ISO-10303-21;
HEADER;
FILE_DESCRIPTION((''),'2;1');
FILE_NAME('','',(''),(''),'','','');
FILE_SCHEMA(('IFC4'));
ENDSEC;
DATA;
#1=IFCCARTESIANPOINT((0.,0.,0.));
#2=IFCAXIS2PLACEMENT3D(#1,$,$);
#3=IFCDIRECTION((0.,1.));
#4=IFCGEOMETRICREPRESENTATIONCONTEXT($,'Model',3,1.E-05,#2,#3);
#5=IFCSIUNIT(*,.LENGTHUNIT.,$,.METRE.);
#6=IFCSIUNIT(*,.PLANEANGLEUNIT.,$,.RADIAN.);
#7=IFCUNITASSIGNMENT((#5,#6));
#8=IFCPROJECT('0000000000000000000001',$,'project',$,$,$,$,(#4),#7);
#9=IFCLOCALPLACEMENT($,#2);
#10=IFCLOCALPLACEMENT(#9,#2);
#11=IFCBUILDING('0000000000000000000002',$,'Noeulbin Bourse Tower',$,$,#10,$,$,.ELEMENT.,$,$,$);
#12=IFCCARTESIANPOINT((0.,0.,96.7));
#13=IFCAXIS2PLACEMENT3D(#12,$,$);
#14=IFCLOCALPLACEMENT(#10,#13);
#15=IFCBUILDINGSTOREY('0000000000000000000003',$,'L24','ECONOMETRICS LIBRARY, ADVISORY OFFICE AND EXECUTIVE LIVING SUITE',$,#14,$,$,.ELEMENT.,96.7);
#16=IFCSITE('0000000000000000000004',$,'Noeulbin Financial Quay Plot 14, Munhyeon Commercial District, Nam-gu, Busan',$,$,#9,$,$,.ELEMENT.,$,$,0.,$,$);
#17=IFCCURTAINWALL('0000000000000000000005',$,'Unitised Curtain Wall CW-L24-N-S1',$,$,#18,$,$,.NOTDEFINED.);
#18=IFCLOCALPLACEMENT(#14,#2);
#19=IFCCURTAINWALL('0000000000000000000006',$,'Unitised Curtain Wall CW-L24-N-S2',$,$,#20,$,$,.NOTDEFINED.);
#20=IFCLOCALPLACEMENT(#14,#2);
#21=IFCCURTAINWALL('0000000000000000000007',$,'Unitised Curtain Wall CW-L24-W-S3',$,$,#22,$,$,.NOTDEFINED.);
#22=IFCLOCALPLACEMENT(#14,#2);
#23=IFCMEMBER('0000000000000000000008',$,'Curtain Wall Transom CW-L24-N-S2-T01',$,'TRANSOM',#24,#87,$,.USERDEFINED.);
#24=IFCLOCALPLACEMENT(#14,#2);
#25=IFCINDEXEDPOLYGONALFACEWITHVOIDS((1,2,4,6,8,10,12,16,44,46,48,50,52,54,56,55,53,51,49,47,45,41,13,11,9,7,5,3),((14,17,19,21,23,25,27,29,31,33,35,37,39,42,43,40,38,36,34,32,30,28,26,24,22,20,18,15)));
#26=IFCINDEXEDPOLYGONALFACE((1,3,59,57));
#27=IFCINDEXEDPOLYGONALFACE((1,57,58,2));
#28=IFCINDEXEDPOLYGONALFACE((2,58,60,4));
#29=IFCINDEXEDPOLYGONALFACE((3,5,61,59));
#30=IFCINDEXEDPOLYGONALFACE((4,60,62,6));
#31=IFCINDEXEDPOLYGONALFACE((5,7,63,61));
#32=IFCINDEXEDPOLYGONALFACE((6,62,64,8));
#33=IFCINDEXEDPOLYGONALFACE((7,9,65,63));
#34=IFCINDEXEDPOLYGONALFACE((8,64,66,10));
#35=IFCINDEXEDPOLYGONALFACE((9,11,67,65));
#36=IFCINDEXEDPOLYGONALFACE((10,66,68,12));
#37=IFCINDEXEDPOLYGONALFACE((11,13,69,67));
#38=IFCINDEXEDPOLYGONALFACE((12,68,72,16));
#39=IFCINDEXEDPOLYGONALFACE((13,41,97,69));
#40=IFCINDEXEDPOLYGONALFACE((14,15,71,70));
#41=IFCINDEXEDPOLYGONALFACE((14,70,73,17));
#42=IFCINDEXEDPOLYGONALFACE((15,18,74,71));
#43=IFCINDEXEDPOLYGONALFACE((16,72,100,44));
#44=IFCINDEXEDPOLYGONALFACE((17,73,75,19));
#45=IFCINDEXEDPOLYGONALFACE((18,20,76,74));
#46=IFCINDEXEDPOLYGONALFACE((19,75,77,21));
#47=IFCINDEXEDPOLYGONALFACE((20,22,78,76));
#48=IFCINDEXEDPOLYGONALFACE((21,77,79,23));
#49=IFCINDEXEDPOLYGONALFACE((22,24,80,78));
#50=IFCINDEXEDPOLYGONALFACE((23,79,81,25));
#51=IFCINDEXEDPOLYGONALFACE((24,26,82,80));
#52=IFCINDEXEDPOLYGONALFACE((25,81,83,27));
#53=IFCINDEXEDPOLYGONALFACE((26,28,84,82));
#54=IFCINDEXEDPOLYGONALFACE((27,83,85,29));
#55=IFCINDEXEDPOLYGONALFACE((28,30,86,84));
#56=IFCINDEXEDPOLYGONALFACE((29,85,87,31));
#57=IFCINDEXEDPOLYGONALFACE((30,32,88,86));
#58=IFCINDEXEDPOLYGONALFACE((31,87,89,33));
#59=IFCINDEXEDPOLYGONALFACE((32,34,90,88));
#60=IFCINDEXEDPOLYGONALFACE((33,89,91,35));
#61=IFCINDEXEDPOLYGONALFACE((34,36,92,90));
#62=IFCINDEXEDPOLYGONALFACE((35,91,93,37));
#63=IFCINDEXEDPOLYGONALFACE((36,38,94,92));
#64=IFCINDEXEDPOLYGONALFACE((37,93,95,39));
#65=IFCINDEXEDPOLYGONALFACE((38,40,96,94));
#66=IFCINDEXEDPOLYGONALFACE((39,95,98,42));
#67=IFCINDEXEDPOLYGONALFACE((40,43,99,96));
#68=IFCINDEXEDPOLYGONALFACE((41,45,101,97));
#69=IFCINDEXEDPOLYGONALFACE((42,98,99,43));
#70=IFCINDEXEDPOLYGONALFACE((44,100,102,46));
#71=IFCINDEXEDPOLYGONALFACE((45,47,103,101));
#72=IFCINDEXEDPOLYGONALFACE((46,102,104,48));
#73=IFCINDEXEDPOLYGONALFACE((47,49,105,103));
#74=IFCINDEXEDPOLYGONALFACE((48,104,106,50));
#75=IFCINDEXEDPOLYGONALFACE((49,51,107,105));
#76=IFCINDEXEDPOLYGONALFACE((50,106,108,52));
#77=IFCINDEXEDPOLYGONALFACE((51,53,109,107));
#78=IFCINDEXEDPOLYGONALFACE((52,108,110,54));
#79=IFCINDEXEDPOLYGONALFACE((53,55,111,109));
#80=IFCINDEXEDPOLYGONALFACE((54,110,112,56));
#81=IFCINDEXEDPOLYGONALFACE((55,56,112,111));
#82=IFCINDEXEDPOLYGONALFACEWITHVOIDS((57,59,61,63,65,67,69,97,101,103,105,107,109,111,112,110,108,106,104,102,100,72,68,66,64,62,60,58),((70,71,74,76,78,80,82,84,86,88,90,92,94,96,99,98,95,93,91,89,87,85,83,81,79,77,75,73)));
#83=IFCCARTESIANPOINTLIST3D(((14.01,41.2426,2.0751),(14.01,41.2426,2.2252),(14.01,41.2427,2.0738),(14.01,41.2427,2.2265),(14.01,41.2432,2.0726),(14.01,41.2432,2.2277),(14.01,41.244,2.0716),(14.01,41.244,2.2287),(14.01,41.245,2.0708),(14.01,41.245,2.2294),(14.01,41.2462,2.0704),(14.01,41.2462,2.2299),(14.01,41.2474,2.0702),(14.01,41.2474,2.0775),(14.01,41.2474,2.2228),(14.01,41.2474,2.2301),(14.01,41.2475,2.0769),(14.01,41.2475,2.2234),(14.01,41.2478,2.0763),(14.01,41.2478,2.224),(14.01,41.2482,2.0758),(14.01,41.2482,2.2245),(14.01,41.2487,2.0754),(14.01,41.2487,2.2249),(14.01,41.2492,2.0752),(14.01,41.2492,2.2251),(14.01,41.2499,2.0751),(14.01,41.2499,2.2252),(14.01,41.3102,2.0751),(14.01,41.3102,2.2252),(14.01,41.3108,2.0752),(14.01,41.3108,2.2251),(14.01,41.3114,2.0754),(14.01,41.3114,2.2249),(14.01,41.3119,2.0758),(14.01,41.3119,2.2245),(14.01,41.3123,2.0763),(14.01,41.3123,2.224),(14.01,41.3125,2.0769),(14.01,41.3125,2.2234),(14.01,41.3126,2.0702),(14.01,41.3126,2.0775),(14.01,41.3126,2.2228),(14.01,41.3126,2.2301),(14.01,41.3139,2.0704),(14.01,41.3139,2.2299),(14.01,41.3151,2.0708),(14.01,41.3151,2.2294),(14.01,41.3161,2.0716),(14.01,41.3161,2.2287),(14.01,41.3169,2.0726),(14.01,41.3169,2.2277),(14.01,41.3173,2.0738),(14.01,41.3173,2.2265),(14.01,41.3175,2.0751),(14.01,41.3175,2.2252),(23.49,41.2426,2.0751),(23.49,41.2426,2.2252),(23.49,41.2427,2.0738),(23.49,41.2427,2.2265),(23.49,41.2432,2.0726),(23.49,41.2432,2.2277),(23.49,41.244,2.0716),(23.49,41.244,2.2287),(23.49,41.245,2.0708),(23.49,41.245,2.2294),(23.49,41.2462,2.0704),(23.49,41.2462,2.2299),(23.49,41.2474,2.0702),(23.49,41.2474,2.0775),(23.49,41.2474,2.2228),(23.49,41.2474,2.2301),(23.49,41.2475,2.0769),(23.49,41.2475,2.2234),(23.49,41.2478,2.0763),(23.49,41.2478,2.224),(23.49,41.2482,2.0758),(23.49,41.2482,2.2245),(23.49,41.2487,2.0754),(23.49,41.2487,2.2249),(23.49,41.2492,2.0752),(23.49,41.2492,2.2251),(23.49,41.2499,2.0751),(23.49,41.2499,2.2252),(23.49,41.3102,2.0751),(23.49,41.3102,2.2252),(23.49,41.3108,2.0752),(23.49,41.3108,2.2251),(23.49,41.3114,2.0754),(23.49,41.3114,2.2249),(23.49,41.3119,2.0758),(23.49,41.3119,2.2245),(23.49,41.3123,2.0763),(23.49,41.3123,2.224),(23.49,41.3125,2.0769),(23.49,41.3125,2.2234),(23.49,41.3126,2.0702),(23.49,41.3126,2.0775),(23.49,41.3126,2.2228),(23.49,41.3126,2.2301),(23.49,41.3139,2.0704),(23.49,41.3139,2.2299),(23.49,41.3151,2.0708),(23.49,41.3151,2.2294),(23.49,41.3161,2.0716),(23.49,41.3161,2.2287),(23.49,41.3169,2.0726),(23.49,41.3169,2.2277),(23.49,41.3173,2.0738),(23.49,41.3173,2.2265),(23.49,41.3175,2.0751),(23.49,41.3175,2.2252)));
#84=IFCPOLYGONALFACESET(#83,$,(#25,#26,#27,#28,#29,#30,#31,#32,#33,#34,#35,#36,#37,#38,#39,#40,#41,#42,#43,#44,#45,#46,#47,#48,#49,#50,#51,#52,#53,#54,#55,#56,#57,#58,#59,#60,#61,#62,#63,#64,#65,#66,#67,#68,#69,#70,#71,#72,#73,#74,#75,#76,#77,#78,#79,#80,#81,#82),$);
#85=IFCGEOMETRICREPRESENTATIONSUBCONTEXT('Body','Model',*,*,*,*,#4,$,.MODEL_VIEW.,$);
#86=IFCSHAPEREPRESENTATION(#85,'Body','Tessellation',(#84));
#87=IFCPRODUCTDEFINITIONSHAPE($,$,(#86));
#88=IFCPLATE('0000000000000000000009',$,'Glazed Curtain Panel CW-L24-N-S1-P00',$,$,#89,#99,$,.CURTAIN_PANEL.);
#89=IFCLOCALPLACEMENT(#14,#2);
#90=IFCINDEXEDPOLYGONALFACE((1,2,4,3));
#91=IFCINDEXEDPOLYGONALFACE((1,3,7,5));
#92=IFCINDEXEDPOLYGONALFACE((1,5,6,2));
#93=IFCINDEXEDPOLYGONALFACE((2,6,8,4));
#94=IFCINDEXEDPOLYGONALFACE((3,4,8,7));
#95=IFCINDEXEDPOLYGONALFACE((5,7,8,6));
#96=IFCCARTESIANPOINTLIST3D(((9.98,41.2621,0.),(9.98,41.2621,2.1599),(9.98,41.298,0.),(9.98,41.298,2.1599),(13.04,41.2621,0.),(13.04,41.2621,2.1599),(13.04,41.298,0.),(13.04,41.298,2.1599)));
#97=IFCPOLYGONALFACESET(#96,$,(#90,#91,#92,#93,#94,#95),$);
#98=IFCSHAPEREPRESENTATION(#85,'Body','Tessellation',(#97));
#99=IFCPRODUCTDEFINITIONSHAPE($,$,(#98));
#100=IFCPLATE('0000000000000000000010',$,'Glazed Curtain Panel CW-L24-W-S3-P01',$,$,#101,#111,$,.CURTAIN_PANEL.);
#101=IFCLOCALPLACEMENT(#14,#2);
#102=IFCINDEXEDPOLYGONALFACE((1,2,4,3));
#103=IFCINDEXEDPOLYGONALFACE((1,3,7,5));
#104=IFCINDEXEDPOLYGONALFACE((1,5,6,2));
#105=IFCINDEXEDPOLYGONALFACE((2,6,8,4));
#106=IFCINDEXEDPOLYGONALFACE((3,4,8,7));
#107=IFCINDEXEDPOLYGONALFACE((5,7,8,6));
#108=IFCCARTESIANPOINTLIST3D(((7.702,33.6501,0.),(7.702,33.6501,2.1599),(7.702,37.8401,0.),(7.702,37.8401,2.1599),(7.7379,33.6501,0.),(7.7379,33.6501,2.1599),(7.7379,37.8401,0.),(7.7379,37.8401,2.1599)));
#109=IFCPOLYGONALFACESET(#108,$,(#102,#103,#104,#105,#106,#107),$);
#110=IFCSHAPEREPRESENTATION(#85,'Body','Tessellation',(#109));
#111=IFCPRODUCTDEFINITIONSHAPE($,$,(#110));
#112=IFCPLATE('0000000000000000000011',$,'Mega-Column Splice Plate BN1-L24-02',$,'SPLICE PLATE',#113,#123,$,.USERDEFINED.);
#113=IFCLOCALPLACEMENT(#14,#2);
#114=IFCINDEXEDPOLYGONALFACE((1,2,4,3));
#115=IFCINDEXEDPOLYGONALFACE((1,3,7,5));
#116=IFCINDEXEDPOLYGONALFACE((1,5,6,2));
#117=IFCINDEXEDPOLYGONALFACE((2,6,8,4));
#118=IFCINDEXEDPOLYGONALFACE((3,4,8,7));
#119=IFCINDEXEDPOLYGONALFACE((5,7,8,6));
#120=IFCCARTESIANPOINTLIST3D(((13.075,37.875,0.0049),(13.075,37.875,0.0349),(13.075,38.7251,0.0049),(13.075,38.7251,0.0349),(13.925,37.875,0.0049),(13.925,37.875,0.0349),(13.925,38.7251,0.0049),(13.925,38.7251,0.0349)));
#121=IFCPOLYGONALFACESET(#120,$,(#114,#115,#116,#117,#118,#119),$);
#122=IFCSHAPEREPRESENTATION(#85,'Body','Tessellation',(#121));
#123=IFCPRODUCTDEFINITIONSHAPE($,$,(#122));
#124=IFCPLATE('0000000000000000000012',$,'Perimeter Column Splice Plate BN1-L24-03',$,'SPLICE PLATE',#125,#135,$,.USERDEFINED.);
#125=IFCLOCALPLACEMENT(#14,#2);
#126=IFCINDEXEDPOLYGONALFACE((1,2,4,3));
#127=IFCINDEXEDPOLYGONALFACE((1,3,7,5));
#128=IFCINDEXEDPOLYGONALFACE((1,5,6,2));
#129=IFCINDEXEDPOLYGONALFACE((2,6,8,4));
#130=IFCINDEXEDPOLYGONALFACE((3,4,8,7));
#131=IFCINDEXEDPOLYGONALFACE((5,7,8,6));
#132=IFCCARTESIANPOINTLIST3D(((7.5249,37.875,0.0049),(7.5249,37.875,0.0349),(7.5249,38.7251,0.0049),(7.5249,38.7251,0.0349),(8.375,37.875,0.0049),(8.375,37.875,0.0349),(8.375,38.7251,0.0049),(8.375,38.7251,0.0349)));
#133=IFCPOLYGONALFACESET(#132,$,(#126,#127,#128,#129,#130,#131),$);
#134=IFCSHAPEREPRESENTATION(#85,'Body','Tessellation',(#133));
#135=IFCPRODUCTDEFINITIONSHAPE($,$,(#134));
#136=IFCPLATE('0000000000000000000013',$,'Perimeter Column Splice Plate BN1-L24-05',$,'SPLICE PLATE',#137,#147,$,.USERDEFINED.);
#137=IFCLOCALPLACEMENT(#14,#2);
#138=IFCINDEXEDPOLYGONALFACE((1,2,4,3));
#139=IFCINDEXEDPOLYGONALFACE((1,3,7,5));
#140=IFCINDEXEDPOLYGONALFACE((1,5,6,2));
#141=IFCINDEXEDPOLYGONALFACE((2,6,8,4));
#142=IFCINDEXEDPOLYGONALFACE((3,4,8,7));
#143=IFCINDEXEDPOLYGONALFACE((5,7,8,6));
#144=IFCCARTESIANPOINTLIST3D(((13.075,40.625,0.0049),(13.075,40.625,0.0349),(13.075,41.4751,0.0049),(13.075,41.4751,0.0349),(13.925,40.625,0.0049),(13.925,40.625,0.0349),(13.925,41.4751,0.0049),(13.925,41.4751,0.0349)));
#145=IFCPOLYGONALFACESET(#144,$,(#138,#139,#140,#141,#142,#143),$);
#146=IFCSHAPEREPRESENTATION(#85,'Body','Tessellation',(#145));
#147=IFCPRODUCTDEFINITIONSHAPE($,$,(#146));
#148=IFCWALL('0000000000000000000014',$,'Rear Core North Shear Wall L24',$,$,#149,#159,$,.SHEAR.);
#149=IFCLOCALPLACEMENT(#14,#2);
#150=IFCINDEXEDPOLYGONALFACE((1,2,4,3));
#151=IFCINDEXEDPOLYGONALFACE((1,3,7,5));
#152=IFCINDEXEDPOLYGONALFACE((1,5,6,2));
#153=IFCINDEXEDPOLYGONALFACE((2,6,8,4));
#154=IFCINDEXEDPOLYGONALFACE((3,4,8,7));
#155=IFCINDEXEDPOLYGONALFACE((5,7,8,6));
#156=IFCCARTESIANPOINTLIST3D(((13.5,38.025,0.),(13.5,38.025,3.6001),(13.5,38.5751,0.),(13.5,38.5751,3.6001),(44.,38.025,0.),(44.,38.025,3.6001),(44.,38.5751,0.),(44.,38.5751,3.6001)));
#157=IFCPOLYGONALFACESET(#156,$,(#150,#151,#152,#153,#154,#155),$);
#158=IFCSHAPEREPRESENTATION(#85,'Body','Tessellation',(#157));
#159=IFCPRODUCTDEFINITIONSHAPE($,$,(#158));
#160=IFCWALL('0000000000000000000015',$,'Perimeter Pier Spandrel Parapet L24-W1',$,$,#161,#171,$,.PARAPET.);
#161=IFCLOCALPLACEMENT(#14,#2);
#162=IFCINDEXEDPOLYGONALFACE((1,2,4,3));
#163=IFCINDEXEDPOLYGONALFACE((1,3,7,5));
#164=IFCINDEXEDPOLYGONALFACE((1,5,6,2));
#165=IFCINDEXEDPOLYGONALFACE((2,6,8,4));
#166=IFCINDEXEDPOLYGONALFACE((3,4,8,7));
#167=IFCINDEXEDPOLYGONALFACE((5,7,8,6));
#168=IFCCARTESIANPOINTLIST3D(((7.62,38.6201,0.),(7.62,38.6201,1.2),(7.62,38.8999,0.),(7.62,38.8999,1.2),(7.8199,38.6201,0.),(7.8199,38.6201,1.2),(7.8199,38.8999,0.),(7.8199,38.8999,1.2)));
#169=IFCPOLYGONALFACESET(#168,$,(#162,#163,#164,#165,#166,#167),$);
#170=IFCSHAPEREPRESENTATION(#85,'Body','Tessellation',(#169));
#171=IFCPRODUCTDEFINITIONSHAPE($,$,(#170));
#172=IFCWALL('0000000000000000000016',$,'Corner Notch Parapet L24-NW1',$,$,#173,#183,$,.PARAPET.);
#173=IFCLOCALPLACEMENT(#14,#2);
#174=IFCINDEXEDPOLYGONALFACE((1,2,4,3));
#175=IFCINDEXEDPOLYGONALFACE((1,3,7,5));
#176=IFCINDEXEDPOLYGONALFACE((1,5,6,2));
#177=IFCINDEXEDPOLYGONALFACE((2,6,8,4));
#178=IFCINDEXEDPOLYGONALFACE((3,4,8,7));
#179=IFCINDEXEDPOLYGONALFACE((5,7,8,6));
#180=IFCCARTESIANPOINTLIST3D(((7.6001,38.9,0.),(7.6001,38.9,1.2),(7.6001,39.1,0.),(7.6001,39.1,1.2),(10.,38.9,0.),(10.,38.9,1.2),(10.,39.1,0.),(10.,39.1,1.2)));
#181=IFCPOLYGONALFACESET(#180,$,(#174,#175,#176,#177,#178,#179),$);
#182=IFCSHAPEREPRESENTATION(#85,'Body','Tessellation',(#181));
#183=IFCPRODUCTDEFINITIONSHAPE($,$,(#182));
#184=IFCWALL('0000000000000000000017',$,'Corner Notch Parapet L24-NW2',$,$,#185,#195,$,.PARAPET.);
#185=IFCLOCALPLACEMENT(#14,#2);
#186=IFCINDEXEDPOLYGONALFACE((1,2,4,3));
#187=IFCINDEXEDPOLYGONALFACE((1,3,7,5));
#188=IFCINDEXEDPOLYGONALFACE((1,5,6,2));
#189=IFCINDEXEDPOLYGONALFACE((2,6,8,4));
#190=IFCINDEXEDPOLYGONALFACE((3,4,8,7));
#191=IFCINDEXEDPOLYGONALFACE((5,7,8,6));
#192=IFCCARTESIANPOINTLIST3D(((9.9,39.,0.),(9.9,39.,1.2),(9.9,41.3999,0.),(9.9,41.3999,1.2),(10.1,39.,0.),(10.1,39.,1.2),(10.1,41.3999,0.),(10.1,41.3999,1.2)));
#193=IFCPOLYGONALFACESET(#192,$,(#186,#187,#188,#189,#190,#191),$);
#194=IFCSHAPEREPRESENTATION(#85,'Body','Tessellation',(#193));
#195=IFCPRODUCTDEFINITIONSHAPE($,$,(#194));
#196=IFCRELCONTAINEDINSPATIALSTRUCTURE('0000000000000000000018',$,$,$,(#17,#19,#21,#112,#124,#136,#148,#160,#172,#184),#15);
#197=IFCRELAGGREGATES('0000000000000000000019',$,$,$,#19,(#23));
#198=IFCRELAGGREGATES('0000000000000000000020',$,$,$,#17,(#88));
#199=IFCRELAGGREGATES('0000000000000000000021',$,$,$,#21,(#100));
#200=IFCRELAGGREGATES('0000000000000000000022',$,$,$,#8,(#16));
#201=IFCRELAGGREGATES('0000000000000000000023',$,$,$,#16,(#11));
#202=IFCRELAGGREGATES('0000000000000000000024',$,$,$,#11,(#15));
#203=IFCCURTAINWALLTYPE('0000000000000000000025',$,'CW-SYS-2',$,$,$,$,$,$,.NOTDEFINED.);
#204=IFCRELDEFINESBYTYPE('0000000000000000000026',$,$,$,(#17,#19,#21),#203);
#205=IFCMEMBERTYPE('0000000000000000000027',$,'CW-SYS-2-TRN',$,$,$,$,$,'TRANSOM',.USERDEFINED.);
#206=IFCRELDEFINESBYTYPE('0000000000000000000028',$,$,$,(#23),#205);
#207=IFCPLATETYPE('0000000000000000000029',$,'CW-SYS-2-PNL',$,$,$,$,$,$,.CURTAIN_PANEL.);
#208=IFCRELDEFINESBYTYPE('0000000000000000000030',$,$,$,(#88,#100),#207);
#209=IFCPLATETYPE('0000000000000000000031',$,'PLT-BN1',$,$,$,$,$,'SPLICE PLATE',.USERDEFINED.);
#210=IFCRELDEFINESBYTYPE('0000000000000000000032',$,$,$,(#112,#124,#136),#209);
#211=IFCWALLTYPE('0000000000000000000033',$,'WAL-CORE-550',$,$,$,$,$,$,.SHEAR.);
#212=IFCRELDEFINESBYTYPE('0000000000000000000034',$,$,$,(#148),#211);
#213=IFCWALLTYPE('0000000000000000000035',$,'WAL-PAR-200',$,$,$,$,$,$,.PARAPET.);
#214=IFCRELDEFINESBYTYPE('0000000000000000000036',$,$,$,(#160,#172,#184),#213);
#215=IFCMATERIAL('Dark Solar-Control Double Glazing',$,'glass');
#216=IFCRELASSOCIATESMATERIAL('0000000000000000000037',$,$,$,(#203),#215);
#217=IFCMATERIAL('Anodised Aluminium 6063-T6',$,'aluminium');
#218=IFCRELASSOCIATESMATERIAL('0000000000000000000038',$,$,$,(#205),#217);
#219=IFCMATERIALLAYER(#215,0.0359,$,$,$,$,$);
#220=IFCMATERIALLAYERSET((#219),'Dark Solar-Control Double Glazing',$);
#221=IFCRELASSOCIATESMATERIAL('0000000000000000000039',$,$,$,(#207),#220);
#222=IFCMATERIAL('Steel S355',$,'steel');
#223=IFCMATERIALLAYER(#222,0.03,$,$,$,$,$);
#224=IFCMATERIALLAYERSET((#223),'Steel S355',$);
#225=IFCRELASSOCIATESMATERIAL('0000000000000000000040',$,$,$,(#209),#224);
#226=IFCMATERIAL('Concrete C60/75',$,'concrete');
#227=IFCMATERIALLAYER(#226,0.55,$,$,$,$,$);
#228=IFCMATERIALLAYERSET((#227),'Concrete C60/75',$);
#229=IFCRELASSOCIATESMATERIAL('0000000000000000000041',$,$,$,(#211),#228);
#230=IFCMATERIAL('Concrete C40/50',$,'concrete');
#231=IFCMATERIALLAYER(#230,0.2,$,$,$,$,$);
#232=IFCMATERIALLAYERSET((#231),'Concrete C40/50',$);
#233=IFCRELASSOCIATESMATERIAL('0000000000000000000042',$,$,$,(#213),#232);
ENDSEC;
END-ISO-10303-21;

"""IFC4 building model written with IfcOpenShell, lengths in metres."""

from ifc_helpers import new_model, si_unit, direction, frame, frame_2d, origin, origin_2d, place, context, subcontext, project, spatial, rectangle, hollow_rectangle, extrude, material, layer, layer_set, material_profile, profile_set, type_object, element, aggregate, save


model = new_model("IFC4")

# Units and contexts
model_context = context("Model", 3, precision=1e-05, world=origin(), true_north=direction((0.0, 1.0)))
body_context = subcontext(model_context, "Body", "Model", "MODEL_VIEW")
ifc_project = project(units=[si_unit("LENGTHUNIT", "METRE"), si_unit("PLANEANGLEUNIT", "RADIAN")], contexts=[model_context])

# Site, building, storey
site_placement = place(None, origin())
site = spatial("IfcSite", under=ifc_project, at=site_placement, Name="Noeulbin Financial Quay Plot 14, Munhyeon Commercial District, Nam-gu, Busan", CompositionType="ELEMENT", RefElevation=0.0)
building_placement = place(site_placement, origin())
building = spatial("IfcBuilding", under=site, at=building_placement, Name="Noeulbin Bourse Tower", CompositionType="ELEMENT")
storey_placement = place(building_placement, frame((0.0, 0.0, 96.7)))
storey = spatial("IfcBuildingStorey", under=building, at=storey_placement, Name="L24", Description="ECONOMETRICS LIBRARY, ADVISORY OFFICE AND EXECUTIVE LIVING SUITE", CompositionType="ELEMENT", Elevation=96.7)

# Shared definitions
ifc_material_1 = material(Name="Steel S355", Category="steel")

# Curtain wall
ifc_material_2 = material(Name="Dark Solar-Control Double Glazing", Category="glass")
curtain_wall_type = type_object("IfcCurtainWallType", Name="CW-SYS-2", PredefinedType="NOTDEFINED", material=ifc_material_2)
curtain_wall_1_placement = place(storey_placement, origin())
curtain_wall_1 = element("IfcCurtainWall", 1, at=curtain_wall_1_placement, inside=storey, type_object=curtain_wall_type, Name="Unitised Curtain Wall CW-L24-N-S1", PredefinedType="NOTDEFINED")
ifc_material_3 = material(Name="Anodised Aluminium 6063-T6", Category="aluminium")

# Curtain walls
curtain_wall_2_placement = place(storey_placement, origin())
curtain_wall_2 = element("IfcCurtainWall", 2, at=curtain_wall_2_placement, inside=storey, type_object=curtain_wall_type, Name="Unitised Curtain Wall CW-L24-N-S2", PredefinedType="NOTDEFINED")
curtain_wall_3_placement = place(storey_placement, origin())
curtain_wall_3 = element("IfcCurtainWall", 3, at=curtain_wall_3_placement, inside=storey, type_object=curtain_wall_type, Name="Unitised Curtain Wall CW-L24-W-S3", PredefinedType="NOTDEFINED")

# Member
ifc_material_profile_1 = material_profile(ifc_material_3, hollow_rectangle(XDim=0.075, YDim=0.1599, WallThickness=0.0049, InnerFilletRadius=0.0024, OuterFilletRadius=0.0049, at=origin_2d()), Name="ALU-TRAN-75x160x5", Category="LoadBearing")
ifc_profile_set_1 = profile_set([ifc_material_profile_1], Name="Anodised Aluminium 6063-T6")
member_type_1 = type_object("IfcMemberType", Name="CW-SYS-2-TRN", ElementType="TRANSOM", PredefinedType="USERDEFINED", material=ifc_profile_set_1)
member_1_placement = place(storey_placement, frame((14.01, 41.28, 2.1501), z_axis=(1.0, 0.0, 0.0), x_axis=(0.0, 1.0, 0.0)))
member_1 = element("IfcMember", 4, at=member_1_placement, type_object=member_type_1, Name="Curtain Wall Transom CW-L24-N-S2-T01", ObjectType="TRANSOM", PredefinedType="USERDEFINED", context=body_context, shape_type="SweptSolid", body=[
    extrude(hollow_rectangle(XDim=0.075, YDim=0.1599, WallThickness=0.0049, InnerFilletRadius=0.0024, OuterFilletRadius=0.0049, at=origin_2d()), origin(), (0.0, 0.0, 1.0), 9.48),
])
aggregate(curtain_wall_2, [member_1])

# Plates
ifc_layer_1 = layer(ifc_material_2, 0.0359)
ifc_layer_set_1 = layer_set([ifc_layer_1], Name="Dark Solar-Control Double Glazing")
plate_type_1 = type_object("IfcPlateType", Name="CW-SYS-2-PNL", PredefinedType="CURTAIN_PANEL", material=ifc_layer_set_1)
plate_1_placement = place(storey_placement, frame((11.51, 41.28, 0.0), z_axis=(0.0, 0.0, 1.0), x_axis=(1.0, 0.0, 0.0)))
plate_1 = element("IfcPlate", 5, at=plate_1_placement, type_object=plate_type_1, Name="Glazed Curtain Panel CW-L24-N-S1-P00", PredefinedType="CURTAIN_PANEL", context=body_context, shape_type="SweptSolid", body=[
    extrude(rectangle(XDim=3.0601, YDim=0.0359, at=origin_2d()), origin(), (0.0, 0.0, 1.0), 2.1599),
])
aggregate(curtain_wall_1, [plate_1])
plate_2_placement = place(storey_placement, frame((7.72, 35.7451, 0.0), z_axis=(0.0, 0.0, 1.0), x_axis=(0.0, 1.0, 0.0)))
plate_2 = element("IfcPlate", 6, at=plate_2_placement, type_object=plate_type_1, Name="Glazed Curtain Panel CW-L24-W-S3-P01", PredefinedType="CURTAIN_PANEL", context=body_context, shape_type="SweptSolid", body=[
    extrude(rectangle(XDim=4.1899, YDim=0.0359, at=origin_2d()), origin(), (0.0, 0.0, 1.0), 2.1599),
])
aggregate(curtain_wall_3, [plate_2])

# Plates
ifc_layer_2 = layer(ifc_material_1, 0.03)
ifc_layer_set_2 = layer_set([ifc_layer_2], Name="Steel S355")
plate_type_2 = type_object("IfcPlateType", Name="PLT-BN1", ElementType="SPLICE PLATE", PredefinedType="USERDEFINED", material=ifc_layer_set_2)
for number, where, z_axis, x_axis, name in (
    (7, (13.5, 38.3, 0.0049), (0.0, 0.0, 1.0), (1.0, 0.0, 0.0), "Mega-Column Splice Plate BN1-L24-02"),
    (8, (7.95, 38.3, 0.0049), (0.0, 0.0, 1.0), (1.0, 0.0, 0.0), "Perimeter Column Splice Plate BN1-L24-03"),
    (9, (13.5, 41.05, 0.0049), (0.0, 0.0, 1.0), (1.0, 0.0, 0.0), "Perimeter Column Splice Plate BN1-L24-05"),
):
    element("IfcPlate", number, at=place(storey_placement, frame(where, z_axis=z_axis, x_axis=x_axis)), inside=storey, type_object=plate_type_2, Name=name, ObjectType="SPLICE PLATE", PredefinedType="USERDEFINED", context=body_context, shape_type="SweptSolid", body=[
        extrude(rectangle(XDim=0.8501, YDim=0.8501, at=origin_2d()), origin(), (0.0, 0.0, 1.0), 0.03),
    ])

# Walls
ifc_material_4 = material(Name="Concrete C60/75", Category="concrete")
ifc_layer_3 = layer(ifc_material_4, 0.55)
ifc_layer_set_3 = layer_set([ifc_layer_3], Name="Concrete C60/75")
wall_type_1 = type_object("IfcWallType", Name="WAL-CORE-550", PredefinedType="SHEAR", material=ifc_layer_set_3)
wall_1_placement = place(storey_placement, frame((13.5, 38.3, 0.0), z_axis=(0.0, 0.0, 1.0), x_axis=(1.0, 0.0, 0.0)))
element("IfcWall", 10, at=wall_1_placement, inside=storey, type_object=wall_type_1, Name="Rear Core North Shear Wall L24", PredefinedType="SHEAR", context=body_context, shape_type="SweptSolid", body=[
    extrude(rectangle(XDim=30.5, YDim=0.55, at=frame_2d((15.25, 0.0))), origin(), (0.0, 0.0, 1.0), 3.6001),
])
ifc_material_5 = material(Name="Concrete C40/50", Category="concrete")
ifc_layer_4 = layer(ifc_material_5, 0.2)
ifc_layer_set_4 = layer_set([ifc_layer_4], Name="Concrete C40/50")
wall_type_2 = type_object("IfcWallType", Name="WAL-PAR-200", PredefinedType="PARAPET", material=ifc_layer_set_4)
wall_2_placement = place(storey_placement, frame((7.72, 38.6201, 0.0), z_axis=(0.0, 0.0, 1.0), x_axis=(0.0, 1.0, 0.0)))
element("IfcWall", 11, at=wall_2_placement, inside=storey, type_object=wall_type_2, Name="Perimeter Pier Spandrel Parapet L24-W1", PredefinedType="PARAPET", context=body_context, shape_type="SweptSolid", body=[
    extrude(rectangle(XDim=0.2798, YDim=0.2, at=frame_2d((0.1399, 0.0))), origin(), (0.0, 0.0, 1.0), 1.2),
])
for number, where, z_axis, x_axis, name in (
    (12, (7.6001, 39.0, 0.0), (0.0, 0.0, 1.0), (1.0, 0.0, 0.0), "Corner Notch Parapet L24-NW1"),
    (13, (10.0, 39.0, 0.0), (0.0, 0.0, 1.0), (0.0, 1.0, 0.0), "Corner Notch Parapet L24-NW2"),
):
    element("IfcWall", number, at=place(storey_placement, frame(where, z_axis=z_axis, x_axis=x_axis)), inside=storey, type_object=wall_type_2, Name=name, PredefinedType="PARAPET", context=body_context, shape_type="SweptSolid", body=[
        extrude(rectangle(XDim=2.3999, YDim=0.2, at=frame_2d((1.2, 0.0))), origin(), (0.0, 0.0, 1.0), 1.2),
    ])

save(model, "model.ifc")
